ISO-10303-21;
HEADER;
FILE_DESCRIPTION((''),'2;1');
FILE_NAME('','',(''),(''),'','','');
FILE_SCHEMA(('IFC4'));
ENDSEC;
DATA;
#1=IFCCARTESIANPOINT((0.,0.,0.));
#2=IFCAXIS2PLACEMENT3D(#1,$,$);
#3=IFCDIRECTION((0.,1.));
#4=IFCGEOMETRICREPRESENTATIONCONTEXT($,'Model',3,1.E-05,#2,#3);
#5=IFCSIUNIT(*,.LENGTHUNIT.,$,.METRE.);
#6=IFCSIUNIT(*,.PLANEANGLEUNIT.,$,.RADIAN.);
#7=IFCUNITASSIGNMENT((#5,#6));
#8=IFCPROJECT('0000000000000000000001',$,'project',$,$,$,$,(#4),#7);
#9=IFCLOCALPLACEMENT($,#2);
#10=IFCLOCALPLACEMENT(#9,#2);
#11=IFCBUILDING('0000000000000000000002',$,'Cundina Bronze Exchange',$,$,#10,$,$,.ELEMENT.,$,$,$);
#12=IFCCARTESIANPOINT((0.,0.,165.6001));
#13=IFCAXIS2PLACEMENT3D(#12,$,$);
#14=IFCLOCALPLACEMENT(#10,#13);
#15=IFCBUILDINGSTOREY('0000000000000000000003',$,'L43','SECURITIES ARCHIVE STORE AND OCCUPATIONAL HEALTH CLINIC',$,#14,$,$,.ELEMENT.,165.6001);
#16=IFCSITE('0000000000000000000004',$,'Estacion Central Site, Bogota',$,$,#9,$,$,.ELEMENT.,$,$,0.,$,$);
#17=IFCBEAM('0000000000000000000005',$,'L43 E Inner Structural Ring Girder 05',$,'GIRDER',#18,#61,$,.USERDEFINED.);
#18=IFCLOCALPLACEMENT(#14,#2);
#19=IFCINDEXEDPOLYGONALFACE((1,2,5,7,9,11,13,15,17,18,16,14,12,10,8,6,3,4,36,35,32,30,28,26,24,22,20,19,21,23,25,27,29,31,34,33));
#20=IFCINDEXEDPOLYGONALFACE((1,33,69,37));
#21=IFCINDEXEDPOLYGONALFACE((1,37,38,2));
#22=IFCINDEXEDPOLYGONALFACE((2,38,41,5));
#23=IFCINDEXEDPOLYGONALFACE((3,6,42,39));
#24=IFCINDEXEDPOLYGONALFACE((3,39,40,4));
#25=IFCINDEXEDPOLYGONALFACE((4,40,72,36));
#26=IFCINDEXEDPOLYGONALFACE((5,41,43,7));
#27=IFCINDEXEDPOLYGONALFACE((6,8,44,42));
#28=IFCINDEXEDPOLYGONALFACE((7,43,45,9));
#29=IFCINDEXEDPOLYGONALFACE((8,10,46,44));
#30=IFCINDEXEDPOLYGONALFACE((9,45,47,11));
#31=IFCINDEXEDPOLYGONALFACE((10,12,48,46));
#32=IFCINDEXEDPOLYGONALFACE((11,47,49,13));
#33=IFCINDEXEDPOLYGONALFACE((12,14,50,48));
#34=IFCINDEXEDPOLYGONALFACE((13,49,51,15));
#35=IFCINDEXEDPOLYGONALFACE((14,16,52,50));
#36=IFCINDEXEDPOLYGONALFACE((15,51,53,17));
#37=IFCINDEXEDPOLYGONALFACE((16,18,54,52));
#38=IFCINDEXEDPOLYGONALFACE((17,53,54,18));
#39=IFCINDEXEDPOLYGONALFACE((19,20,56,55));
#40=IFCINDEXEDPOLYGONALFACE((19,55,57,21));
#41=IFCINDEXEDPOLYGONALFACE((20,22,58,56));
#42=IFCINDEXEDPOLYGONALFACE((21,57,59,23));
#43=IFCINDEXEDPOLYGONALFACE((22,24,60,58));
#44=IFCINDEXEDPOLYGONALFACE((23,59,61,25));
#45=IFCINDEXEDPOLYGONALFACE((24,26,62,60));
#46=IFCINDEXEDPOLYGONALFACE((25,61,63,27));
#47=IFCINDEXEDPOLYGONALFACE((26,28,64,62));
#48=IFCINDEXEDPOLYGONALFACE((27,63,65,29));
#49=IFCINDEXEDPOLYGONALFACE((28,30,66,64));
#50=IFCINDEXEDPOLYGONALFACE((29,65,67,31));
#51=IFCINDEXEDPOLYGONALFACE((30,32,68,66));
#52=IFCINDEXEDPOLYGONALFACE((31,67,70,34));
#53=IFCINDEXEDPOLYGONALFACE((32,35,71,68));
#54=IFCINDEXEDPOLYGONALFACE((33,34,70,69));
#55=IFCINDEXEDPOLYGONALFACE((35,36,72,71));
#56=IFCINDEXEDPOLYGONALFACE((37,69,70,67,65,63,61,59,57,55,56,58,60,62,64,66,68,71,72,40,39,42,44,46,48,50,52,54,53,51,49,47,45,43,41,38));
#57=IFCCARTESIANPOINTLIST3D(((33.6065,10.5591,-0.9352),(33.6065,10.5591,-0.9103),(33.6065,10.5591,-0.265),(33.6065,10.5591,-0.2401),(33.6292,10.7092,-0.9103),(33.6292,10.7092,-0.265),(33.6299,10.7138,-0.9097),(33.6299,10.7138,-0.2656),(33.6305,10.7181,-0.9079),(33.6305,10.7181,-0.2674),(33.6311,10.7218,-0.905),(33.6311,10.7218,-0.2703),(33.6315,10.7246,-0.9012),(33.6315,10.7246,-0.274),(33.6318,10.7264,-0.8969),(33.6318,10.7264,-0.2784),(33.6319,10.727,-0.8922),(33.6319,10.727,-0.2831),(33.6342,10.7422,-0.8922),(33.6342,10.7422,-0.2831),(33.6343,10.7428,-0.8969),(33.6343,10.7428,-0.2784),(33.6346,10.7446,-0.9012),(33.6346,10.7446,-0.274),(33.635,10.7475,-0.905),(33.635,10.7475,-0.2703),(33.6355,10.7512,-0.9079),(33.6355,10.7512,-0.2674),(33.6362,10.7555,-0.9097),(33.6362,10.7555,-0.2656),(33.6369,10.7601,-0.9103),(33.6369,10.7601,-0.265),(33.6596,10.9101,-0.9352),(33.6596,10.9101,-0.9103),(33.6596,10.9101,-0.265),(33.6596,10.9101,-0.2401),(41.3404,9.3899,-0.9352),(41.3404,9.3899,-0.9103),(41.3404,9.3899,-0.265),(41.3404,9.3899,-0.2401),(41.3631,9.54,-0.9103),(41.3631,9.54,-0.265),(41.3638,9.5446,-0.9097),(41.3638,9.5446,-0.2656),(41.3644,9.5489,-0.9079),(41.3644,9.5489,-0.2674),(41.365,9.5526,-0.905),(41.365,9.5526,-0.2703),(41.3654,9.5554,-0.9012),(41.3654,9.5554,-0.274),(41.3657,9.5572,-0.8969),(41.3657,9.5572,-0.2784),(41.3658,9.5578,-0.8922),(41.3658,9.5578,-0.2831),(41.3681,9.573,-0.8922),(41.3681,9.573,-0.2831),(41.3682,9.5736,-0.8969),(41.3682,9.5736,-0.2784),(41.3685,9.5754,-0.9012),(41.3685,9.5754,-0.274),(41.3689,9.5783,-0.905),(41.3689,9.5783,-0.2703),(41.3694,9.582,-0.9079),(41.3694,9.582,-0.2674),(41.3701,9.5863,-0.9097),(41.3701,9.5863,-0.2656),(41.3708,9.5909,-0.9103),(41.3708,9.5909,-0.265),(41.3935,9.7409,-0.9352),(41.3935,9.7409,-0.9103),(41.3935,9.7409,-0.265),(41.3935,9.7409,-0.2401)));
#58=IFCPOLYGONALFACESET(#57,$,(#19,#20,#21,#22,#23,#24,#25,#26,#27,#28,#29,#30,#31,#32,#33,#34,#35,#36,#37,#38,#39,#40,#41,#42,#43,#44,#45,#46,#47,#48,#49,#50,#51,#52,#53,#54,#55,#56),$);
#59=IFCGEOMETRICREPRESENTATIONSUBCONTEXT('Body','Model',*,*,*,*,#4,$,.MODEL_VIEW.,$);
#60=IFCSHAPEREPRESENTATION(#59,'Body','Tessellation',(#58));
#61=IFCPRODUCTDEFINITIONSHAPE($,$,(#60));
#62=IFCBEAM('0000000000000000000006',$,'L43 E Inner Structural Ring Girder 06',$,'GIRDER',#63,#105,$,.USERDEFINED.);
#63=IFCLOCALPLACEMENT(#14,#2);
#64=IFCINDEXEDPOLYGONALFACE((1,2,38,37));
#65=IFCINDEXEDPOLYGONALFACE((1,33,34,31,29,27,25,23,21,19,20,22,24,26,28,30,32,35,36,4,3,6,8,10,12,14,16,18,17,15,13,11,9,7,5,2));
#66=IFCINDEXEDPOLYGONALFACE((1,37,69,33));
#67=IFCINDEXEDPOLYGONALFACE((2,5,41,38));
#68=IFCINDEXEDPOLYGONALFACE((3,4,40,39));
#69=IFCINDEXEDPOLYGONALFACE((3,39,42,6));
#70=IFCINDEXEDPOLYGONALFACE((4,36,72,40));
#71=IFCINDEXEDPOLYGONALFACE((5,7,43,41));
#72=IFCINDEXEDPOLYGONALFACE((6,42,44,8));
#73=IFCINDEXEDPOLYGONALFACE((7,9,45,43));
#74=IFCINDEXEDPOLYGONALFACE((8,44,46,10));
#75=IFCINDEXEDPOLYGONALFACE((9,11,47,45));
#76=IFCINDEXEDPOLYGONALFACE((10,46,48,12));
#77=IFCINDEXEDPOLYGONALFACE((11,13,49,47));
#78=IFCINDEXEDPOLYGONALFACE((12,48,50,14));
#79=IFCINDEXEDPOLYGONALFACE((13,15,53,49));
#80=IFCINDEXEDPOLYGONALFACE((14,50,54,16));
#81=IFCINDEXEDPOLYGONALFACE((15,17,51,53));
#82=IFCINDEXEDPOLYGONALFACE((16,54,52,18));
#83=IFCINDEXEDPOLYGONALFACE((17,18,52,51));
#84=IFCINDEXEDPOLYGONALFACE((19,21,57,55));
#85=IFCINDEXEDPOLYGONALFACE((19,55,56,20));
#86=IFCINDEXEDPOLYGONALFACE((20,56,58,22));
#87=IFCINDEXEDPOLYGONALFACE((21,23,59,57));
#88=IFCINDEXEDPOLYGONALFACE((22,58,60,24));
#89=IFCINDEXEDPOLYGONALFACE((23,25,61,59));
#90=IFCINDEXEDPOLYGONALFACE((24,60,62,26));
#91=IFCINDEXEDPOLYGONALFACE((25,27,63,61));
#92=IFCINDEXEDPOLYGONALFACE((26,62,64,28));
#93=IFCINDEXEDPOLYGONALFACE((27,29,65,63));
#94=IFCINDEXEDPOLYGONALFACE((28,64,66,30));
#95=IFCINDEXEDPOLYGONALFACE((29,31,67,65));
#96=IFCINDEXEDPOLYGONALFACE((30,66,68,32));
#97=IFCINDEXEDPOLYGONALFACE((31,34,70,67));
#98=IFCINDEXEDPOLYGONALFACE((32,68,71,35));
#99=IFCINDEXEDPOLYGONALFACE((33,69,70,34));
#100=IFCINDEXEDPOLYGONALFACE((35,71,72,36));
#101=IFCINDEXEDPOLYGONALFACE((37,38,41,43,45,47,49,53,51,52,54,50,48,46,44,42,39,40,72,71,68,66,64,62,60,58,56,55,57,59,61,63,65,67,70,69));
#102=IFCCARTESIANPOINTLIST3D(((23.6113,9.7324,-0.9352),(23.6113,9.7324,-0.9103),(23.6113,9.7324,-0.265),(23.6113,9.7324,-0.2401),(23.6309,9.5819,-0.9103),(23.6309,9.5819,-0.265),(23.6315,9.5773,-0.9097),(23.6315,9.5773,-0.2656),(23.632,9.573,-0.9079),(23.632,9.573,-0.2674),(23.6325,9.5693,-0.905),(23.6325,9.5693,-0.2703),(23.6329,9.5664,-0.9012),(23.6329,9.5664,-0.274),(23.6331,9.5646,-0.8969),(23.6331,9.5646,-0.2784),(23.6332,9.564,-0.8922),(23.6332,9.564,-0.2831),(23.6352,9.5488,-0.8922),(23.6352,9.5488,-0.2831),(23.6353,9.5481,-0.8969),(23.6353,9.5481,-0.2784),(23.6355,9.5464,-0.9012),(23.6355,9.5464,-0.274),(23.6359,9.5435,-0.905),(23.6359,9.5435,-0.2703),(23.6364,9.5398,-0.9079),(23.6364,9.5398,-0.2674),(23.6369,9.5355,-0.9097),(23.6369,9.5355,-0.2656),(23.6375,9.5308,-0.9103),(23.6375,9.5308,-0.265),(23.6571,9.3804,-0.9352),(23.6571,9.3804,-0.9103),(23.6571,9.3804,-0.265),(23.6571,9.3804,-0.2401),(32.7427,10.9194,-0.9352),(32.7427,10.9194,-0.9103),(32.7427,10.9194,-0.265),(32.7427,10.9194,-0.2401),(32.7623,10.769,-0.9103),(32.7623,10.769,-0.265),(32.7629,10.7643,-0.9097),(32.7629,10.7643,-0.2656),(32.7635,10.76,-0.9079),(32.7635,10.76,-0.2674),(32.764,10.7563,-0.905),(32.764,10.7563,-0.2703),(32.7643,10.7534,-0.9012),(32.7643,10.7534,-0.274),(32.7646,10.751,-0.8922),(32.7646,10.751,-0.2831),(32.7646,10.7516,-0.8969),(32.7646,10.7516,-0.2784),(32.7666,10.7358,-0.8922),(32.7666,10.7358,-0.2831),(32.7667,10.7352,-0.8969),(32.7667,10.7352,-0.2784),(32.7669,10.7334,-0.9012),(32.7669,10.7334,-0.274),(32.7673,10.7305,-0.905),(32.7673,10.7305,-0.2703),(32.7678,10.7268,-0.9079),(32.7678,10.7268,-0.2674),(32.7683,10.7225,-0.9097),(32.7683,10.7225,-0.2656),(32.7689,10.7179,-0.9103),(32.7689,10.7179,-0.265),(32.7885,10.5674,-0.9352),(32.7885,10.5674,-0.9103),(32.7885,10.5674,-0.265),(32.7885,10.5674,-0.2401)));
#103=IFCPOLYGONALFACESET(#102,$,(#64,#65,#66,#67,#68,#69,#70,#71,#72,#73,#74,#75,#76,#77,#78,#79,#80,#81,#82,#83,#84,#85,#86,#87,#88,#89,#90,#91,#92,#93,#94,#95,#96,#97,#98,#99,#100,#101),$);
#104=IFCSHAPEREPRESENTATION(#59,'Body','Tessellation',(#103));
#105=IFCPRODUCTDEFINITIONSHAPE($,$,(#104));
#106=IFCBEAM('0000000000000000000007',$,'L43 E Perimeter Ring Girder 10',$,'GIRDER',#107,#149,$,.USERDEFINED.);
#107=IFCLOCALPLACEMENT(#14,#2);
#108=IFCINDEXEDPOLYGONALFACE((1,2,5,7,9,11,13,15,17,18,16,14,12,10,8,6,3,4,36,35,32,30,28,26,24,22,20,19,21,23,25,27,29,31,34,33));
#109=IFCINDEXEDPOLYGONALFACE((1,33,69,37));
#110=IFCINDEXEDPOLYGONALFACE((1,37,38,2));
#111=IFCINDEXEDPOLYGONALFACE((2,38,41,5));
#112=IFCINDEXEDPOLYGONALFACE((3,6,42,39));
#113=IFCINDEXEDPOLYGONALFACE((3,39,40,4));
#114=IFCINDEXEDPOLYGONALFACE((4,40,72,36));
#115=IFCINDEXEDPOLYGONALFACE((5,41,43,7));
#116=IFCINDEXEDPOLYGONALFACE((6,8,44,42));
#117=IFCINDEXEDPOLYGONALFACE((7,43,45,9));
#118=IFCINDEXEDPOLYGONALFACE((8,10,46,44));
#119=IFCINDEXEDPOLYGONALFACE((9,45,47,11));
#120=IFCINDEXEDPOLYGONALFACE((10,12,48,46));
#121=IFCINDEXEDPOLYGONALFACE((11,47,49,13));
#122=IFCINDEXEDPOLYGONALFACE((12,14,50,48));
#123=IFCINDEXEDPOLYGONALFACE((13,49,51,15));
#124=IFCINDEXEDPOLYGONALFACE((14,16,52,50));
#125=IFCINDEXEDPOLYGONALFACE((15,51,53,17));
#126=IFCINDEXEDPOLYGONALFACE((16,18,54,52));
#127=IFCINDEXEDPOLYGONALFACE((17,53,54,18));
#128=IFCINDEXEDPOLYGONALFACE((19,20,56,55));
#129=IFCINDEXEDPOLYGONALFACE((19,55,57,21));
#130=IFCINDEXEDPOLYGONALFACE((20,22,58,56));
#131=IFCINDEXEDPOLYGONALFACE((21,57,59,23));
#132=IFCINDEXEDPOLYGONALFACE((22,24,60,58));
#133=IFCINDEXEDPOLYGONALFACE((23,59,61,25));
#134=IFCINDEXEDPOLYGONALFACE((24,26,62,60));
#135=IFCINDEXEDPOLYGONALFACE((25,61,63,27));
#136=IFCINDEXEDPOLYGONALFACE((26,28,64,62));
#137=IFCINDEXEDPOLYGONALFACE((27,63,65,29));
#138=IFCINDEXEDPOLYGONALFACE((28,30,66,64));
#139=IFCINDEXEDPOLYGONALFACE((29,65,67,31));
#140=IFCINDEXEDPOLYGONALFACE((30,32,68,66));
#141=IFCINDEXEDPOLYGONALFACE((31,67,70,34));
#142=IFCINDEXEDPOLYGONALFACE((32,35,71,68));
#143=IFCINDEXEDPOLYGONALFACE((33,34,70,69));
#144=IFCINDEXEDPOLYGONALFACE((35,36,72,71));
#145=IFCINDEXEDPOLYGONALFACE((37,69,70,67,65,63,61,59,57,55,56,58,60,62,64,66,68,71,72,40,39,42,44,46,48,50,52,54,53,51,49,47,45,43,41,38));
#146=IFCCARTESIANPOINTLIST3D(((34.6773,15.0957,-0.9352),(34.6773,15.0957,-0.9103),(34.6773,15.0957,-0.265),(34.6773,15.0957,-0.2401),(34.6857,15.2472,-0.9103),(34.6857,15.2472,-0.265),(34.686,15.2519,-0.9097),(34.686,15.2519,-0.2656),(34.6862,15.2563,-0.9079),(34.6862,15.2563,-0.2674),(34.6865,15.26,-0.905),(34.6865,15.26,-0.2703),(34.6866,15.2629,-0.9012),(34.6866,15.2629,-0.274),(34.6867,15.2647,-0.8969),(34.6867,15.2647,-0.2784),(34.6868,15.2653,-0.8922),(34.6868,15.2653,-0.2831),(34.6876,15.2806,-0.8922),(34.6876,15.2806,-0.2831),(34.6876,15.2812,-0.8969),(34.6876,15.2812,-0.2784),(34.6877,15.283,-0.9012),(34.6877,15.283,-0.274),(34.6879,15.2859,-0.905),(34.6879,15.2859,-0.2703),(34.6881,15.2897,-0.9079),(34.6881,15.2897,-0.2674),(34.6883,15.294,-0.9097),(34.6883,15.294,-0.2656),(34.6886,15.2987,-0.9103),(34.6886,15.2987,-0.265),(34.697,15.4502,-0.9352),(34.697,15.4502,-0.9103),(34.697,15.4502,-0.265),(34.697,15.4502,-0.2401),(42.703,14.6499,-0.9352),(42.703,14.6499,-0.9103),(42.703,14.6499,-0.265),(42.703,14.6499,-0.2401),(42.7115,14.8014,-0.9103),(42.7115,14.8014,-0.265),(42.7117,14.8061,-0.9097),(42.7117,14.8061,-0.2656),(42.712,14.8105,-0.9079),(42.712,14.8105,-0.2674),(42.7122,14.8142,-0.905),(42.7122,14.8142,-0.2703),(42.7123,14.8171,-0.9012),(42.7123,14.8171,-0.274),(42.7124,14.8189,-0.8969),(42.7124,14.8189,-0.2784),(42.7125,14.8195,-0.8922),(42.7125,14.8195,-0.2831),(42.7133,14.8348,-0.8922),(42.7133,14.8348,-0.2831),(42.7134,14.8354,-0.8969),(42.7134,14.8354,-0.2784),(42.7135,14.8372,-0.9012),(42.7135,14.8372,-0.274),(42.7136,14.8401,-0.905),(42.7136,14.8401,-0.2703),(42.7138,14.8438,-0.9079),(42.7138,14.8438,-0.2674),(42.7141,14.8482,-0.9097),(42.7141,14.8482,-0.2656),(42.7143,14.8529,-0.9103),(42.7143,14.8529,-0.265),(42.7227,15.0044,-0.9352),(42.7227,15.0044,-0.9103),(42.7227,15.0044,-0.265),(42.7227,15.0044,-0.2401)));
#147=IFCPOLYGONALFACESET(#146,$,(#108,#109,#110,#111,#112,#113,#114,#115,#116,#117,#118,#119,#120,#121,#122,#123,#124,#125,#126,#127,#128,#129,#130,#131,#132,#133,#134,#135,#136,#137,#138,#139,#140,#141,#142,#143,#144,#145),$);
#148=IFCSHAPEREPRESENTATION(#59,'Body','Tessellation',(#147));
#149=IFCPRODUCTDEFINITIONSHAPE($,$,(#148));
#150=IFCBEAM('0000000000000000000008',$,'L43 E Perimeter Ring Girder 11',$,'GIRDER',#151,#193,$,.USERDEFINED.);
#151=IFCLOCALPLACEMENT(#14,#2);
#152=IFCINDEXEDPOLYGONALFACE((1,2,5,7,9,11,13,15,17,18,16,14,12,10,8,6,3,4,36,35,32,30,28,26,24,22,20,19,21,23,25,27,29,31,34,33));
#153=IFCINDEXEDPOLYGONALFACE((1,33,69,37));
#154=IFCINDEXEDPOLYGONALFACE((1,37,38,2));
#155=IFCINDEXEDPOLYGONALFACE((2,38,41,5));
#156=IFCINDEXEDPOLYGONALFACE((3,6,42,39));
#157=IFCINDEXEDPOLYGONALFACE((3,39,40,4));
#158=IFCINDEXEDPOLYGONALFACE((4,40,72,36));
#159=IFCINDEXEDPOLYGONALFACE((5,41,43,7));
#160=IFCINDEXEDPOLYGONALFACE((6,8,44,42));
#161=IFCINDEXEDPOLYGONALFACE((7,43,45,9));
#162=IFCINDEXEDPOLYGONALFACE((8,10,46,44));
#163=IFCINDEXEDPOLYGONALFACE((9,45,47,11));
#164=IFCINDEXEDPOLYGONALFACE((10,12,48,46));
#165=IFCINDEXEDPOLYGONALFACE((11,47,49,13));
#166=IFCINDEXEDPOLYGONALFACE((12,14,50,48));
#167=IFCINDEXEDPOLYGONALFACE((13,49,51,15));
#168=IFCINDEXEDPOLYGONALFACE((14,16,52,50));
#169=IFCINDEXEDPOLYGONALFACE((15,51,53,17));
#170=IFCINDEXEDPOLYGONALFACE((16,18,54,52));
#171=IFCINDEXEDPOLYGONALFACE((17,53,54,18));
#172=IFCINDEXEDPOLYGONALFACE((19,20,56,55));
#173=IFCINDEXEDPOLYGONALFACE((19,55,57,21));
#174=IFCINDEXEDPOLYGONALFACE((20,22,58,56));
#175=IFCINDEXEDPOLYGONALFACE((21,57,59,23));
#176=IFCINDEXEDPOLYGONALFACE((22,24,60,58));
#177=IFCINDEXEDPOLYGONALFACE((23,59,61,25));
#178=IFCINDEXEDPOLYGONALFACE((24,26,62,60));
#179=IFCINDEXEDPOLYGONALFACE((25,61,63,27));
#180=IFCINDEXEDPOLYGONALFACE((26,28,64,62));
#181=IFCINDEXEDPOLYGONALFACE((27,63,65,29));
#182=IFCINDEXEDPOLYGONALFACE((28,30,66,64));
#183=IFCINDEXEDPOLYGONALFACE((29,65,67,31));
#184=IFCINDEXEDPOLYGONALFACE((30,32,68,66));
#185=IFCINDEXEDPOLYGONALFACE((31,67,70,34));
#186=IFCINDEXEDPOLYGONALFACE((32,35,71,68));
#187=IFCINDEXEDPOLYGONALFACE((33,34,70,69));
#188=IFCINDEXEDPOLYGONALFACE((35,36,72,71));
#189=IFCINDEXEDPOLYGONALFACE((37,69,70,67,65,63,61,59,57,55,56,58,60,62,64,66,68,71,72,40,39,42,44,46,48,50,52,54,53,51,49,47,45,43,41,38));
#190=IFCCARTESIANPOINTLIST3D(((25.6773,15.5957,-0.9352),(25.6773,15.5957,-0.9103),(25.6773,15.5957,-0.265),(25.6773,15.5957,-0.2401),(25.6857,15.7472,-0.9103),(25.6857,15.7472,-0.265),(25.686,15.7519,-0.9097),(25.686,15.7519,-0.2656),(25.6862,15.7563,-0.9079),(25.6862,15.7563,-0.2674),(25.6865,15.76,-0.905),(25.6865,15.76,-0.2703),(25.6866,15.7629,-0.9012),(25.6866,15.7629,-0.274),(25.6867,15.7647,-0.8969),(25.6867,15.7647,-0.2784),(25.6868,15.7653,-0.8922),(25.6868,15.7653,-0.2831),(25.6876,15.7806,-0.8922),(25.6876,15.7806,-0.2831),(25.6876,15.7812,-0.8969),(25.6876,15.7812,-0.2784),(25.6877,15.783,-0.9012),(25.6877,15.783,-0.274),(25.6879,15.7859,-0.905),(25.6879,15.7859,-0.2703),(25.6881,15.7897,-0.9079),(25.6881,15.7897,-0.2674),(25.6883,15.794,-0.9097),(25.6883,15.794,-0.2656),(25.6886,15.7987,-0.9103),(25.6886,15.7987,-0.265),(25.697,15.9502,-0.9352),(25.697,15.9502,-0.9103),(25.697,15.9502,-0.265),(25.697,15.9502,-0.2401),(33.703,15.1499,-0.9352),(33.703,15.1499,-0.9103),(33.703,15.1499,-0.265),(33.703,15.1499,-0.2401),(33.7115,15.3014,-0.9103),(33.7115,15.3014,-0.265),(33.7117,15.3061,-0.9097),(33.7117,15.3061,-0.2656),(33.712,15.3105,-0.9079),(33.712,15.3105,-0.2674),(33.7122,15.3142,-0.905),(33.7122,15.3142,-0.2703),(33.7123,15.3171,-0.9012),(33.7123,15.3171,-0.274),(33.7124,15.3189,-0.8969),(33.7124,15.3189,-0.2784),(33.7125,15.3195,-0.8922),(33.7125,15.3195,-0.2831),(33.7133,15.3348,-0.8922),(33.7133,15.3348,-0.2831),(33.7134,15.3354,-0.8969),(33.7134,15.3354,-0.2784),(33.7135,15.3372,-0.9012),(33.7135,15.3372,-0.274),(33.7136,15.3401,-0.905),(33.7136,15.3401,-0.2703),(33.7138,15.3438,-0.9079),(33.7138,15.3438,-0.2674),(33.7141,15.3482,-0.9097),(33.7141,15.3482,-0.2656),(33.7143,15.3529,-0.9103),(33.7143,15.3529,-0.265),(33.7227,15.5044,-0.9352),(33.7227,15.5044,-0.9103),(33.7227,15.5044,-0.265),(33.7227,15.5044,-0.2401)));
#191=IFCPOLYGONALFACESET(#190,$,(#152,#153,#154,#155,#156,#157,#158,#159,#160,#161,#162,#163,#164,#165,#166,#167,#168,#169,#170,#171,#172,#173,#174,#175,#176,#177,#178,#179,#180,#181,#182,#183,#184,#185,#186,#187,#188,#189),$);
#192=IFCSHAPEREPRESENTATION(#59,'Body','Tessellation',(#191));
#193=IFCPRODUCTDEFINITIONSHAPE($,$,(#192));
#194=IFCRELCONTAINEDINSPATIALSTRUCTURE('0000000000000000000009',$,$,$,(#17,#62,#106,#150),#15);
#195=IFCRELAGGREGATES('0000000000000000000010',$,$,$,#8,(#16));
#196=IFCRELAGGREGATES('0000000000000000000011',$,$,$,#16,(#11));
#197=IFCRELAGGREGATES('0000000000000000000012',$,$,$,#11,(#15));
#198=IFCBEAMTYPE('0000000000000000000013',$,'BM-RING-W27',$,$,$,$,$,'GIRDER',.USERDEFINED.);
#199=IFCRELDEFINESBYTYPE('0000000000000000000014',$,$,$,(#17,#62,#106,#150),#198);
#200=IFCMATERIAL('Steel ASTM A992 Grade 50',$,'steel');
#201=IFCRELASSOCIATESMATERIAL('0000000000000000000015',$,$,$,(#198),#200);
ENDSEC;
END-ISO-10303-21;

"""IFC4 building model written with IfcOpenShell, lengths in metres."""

from ifc_helpers import new_model, si_unit, direction, frame, origin, origin_2d, place, context, subcontext, project, spatial, i_section, extrude, material, material_profile, profile_set, type_object, element, save


model = new_model("IFC4")

# Units and contexts
model_context = context("Model", 3, precision=1e-05, world=origin(), true_north=direction((0.0, 1.0)))
body_context = subcontext(model_context, "Body", "Model", "MODEL_VIEW")
ifc_project = project(units=[si_unit("LENGTHUNIT", "METRE"), si_unit("PLANEANGLEUNIT", "RADIAN")], contexts=[model_context])

# Site, building, storey
site_placement = place(None, origin())
site = spatial("IfcSite", under=ifc_project, at=site_placement, Name="Estacion Central Site, Bogota", CompositionType="ELEMENT", RefElevation=0.0)
building_placement = place(site_placement, origin())
building = spatial("IfcBuilding", under=site, at=building_placement, Name="Cundina Bronze Exchange", CompositionType="ELEMENT")
storey_placement = place(building_placement, frame((0.0, 0.0, 165.6001)))
storey = spatial("IfcBuildingStorey", under=building, at=storey_placement, Name="L43", Description="SECURITIES ARCHIVE STORE AND OCCUPATIONAL HEALTH CLINIC", CompositionType="ELEMENT", Elevation=165.6001)

# Beams
ifc_material_1 = material(Name="Steel ASTM A992 Grade 50", Category="steel")
ifc_material_profile_1 = material_profile(ifc_material_1, i_section(OverallWidth=0.355, OverallDepth=0.6951, WebThickness=0.0154, FlangeThickness=0.0249, FilletRadius=0.0181, at=origin_2d()), Name="W27X146", Category="steel")
ifc_profile_set_1 = profile_set([ifc_material_profile_1], Name="Steel ASTM A992 Grade 50")
beam_type_1 = type_object("IfcBeamType", Name="BM-RING-W27", ElementType="GIRDER", PredefinedType="USERDEFINED", material=ifc_profile_set_1)
beam_1_placement = place(storey_placement, frame((41.3669, 9.5654, -0.5876), z_axis=(-0.988765, 0.149479, 0.0), x_axis=(-0.149479, -0.988765, 0.0)))
element("IfcBeam", 1, at=beam_1_placement, inside=storey, type_object=beam_type_1, Name="L43 E Inner Structural Ring Girder 05", ObjectType="GIRDER", PredefinedType="USERDEFINED", context=body_context, shape_type="SweptSolid", body=[
    extrude(i_section(OverallWidth=0.355, OverallDepth=0.6951, WebThickness=0.0154, FlangeThickness=0.0249, FilletRadius=0.0181, at=origin_2d()), origin(), (0.0, 0.0, 1.0), 7.8218),
])
beam_2_placement = place(storey_placement, frame((32.7656, 10.7434, -0.5876), z_axis=(-0.991656, -0.128908, 0.0), x_axis=(0.128908, -0.991656, 0.0)))
element("IfcBeam", 2, at=beam_2_placement, inside=storey, type_object=beam_type_1, Name="L43 E Inner Structural Ring Girder 06", ObjectType="GIRDER", PredefinedType="USERDEFINED", context=body_context, shape_type="SweptSolid", body=[
    extrude(i_section(OverallWidth=0.355, OverallDepth=0.6951, WebThickness=0.0154, FlangeThickness=0.0249, FilletRadius=0.0181, at=origin_2d()), origin(), (0.0, 0.0, 1.0), 9.2083),
])
for number, where, z_axis, x_axis, name in (
    (3, (42.7129, 14.8271, -0.5876), (-0.998461, 0.055462, 0.0), (-0.055462, -0.998461, 0.0), "L43 E Perimeter Ring Girder 10"),
    (4, (33.7129, 15.3271, -0.5876), (-0.998461, 0.055462, 0.0), (-0.055462, -0.998461, 0.0), "L43 E Perimeter Ring Girder 11"),
):
    element("IfcBeam", number, at=place(storey_placement, frame(where, z_axis=z_axis, x_axis=x_axis)), inside=storey, type_object=beam_type_1, Name=name, ObjectType="GIRDER", PredefinedType="USERDEFINED", context=body_context, shape_type="SweptSolid", body=[
        extrude(i_section(OverallWidth=0.355, OverallDepth=0.6951, WebThickness=0.0154, FlangeThickness=0.0249, FilletRadius=0.0181, at=origin_2d()), origin(), (0.0, 0.0, 1.0), 8.0381),
    ])

save(model, "model.ifc")
